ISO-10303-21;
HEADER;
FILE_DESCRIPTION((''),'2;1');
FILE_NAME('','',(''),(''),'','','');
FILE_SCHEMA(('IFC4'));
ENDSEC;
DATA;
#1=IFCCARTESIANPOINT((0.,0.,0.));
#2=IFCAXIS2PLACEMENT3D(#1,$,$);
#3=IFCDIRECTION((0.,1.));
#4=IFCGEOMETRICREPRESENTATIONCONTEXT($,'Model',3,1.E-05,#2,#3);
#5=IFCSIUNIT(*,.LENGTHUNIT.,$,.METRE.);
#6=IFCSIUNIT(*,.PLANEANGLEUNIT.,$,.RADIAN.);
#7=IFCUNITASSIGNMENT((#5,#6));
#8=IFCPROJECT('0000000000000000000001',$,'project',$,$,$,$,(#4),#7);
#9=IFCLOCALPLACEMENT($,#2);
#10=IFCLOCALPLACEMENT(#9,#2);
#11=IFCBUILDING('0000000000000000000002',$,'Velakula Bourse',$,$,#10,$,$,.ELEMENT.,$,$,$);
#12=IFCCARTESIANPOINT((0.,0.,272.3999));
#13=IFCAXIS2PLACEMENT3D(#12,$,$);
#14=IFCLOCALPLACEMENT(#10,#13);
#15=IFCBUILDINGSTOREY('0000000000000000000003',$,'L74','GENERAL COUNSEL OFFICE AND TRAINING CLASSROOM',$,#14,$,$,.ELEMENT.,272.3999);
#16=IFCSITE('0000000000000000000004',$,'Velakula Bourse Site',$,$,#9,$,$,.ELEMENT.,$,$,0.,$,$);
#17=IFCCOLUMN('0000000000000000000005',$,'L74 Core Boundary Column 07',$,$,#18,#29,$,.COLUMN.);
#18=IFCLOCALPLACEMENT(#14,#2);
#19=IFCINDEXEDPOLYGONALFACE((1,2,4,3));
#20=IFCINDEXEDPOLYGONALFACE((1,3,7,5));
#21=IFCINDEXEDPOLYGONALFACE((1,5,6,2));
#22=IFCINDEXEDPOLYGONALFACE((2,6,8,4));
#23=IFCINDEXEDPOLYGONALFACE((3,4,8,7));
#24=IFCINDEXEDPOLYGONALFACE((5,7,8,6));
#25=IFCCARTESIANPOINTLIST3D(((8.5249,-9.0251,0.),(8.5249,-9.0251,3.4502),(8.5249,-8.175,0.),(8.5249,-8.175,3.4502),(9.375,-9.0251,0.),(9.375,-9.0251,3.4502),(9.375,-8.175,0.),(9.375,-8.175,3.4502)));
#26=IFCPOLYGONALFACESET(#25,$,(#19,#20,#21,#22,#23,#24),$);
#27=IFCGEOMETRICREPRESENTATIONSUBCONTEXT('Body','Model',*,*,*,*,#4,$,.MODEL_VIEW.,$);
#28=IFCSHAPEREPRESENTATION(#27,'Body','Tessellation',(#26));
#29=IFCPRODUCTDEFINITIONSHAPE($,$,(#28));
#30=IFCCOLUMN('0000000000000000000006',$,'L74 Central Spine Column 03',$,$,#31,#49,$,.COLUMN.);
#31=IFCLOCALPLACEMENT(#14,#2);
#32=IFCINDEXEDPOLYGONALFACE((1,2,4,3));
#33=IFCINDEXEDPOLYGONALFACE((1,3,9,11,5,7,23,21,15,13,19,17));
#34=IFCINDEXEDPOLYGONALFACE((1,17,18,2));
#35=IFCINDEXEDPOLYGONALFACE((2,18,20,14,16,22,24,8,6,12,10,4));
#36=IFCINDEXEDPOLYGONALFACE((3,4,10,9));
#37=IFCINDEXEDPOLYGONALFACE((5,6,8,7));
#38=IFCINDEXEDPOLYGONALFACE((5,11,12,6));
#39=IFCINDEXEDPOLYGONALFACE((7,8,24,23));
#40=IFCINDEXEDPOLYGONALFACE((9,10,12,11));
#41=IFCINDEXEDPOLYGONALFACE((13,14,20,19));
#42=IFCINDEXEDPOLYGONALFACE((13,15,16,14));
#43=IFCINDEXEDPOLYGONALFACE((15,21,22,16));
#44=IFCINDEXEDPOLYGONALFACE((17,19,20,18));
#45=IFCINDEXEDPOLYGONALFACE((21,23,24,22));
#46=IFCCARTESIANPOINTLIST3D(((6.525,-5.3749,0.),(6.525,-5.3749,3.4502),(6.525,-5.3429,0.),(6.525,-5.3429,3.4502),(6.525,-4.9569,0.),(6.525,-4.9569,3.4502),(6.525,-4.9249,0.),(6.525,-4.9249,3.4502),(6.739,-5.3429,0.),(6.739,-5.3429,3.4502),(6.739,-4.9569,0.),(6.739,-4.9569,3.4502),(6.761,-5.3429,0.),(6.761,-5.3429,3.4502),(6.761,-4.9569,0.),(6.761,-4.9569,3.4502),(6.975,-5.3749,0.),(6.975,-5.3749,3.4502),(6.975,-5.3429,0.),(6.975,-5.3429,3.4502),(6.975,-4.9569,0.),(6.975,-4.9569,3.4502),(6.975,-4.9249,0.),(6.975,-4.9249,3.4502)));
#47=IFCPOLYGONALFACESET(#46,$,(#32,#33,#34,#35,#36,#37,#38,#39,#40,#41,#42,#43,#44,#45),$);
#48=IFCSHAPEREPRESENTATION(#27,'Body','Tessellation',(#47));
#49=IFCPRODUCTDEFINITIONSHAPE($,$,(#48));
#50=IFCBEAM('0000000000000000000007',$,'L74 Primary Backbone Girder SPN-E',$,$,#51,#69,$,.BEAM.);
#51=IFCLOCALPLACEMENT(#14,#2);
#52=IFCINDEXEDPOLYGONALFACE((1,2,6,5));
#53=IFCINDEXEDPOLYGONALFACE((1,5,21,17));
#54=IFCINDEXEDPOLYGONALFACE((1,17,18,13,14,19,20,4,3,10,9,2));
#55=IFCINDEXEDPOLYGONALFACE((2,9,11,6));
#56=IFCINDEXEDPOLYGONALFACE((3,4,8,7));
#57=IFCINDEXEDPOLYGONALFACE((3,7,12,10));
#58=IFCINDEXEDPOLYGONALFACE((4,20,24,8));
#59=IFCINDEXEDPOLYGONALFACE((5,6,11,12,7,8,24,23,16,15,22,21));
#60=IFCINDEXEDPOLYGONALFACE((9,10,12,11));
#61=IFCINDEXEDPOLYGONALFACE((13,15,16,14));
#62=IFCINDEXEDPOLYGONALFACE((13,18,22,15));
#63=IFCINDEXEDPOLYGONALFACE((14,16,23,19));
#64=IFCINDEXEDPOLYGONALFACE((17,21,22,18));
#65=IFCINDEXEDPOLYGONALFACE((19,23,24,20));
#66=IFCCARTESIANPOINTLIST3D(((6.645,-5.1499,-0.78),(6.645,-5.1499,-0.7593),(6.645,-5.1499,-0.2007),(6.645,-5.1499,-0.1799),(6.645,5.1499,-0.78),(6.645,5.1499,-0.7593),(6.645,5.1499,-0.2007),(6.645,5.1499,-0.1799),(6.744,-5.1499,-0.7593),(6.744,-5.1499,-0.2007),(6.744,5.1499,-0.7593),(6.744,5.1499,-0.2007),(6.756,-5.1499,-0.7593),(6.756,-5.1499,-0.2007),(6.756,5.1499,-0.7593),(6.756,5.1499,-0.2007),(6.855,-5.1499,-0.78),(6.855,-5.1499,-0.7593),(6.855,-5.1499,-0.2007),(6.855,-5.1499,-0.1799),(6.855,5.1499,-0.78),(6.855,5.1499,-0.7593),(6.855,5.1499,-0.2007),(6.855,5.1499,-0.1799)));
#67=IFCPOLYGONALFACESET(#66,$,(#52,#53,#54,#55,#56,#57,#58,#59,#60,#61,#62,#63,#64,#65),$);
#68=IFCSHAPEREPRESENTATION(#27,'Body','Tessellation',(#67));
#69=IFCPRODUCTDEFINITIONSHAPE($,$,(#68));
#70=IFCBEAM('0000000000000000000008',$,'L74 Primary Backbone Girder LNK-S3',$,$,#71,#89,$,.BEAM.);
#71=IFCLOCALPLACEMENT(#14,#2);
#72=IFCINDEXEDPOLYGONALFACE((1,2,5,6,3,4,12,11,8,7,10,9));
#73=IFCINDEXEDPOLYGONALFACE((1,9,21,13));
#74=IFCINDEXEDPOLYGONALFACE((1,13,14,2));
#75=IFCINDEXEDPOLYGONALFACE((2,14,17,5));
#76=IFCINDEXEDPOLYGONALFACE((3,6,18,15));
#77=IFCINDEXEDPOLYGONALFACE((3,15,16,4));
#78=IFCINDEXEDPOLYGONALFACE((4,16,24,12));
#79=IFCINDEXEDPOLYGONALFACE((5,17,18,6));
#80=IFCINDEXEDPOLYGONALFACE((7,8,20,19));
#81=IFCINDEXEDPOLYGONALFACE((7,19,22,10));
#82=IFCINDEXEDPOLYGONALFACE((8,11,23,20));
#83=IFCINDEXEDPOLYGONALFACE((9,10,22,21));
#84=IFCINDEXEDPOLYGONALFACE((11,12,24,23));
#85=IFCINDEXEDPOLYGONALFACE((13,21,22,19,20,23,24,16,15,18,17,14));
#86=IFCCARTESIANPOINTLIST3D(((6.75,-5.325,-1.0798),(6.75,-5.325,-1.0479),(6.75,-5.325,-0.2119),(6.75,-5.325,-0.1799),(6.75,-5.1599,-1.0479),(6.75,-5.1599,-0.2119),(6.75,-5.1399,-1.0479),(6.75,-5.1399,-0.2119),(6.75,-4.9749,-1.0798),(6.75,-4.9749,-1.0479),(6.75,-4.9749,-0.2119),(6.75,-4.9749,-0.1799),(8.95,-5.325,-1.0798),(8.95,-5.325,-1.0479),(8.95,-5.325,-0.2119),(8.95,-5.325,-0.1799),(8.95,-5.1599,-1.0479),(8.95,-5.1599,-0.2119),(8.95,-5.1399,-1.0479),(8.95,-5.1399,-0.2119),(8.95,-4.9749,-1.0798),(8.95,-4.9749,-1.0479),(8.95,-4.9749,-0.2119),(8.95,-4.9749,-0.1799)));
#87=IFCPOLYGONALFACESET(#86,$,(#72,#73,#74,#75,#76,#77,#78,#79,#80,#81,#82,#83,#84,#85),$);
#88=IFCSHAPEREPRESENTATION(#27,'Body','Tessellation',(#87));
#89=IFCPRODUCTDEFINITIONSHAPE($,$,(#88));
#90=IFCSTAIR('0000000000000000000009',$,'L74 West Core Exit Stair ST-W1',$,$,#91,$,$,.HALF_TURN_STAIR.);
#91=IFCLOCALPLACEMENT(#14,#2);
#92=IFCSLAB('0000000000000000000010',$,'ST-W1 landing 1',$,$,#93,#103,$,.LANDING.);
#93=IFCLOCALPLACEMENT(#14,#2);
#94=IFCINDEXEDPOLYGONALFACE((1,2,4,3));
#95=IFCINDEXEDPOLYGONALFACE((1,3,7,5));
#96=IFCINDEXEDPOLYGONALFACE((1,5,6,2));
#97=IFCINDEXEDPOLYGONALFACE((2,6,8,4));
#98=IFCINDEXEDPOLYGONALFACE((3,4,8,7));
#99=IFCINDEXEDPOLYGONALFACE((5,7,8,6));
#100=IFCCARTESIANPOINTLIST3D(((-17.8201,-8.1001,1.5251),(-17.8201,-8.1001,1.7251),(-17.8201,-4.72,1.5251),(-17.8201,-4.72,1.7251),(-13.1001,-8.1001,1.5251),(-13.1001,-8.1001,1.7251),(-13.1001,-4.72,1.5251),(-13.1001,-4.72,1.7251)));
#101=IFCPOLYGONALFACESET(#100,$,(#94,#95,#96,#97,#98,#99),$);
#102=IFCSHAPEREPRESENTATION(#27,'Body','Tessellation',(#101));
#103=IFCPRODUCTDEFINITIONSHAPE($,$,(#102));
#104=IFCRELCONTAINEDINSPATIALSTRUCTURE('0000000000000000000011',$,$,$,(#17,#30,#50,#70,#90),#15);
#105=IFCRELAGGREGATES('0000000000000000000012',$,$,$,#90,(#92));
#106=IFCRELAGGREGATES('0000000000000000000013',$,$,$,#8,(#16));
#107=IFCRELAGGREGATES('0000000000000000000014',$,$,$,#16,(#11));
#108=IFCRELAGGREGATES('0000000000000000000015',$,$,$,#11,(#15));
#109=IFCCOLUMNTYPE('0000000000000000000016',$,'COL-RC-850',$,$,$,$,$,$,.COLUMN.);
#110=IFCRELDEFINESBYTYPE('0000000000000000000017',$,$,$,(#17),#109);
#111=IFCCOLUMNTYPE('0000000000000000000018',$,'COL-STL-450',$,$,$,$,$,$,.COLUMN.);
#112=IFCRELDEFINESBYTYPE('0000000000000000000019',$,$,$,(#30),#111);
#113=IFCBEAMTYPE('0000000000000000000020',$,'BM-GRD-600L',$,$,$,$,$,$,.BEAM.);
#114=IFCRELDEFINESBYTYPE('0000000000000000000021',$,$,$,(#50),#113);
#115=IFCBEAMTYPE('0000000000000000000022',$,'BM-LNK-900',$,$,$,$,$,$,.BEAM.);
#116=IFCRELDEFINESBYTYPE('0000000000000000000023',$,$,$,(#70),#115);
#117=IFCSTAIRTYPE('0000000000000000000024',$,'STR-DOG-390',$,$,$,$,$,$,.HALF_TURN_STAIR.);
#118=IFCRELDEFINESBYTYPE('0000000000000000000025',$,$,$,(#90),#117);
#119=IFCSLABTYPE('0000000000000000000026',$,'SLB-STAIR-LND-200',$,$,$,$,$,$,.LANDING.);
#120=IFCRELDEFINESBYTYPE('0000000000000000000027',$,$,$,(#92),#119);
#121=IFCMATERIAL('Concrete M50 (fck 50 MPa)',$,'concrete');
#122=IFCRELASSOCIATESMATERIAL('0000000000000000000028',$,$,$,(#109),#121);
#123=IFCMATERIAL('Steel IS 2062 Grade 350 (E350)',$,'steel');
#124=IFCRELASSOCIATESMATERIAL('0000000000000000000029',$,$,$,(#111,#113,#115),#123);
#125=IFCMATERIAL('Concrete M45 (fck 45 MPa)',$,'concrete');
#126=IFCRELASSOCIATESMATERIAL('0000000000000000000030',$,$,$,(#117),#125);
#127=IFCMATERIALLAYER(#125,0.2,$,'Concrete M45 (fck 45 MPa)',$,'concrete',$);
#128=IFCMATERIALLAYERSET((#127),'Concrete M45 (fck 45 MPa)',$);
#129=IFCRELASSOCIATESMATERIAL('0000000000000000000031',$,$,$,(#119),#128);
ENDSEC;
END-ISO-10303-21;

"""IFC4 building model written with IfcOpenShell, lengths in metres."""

from ifc_helpers import new_model, si_unit, direction, frame, origin, origin_2d, place, context, subcontext, project, spatial, polyline, rectangle, i_section, outline, extrude, material, layer, layer_set, material_profile, profile_set, type_object, element, aggregate, save


model = new_model("IFC4")

# Units and contexts
model_context = context("Model", 3, precision=1e-05, world=origin(), true_north=direction((0.0, 1.0)))
body_context = subcontext(model_context, "Body", "Model", "MODEL_VIEW")
ifc_project = project(units=[si_unit("LENGTHUNIT", "METRE"), si_unit("PLANEANGLEUNIT", "RADIAN")], contexts=[model_context])

# Site, building, storey
site_placement = place(None, origin())
site = spatial("IfcSite", under=ifc_project, at=site_placement, Name="Velakula Bourse Site", CompositionType="ELEMENT", RefElevation=0.0)
building_placement = place(site_placement, origin())
building = spatial("IfcBuilding", under=site, at=building_placement, Name="Velakula Bourse", CompositionType="ELEMENT")
storey_placement = place(building_placement, frame((0.0, 0.0, 272.3999)))
storey = spatial("IfcBuildingStorey", under=building, at=storey_placement, Name="L74", Description="GENERAL COUNSEL OFFICE AND TRAINING CLASSROOM", CompositionType="ELEMENT", Elevation=272.3999)

# Columns
ifc_material_1 = material(Name="Concrete M50 (fck 50 MPa)", Category="concrete")
ifc_material_profile_1 = material_profile(ifc_material_1, rectangle(XDim=0.8501, YDim=0.8501, at=origin_2d()), Name="Concrete M50 (fck 50 MPa)")
ifc_profile_set_1 = profile_set([ifc_material_profile_1], Name="Concrete M50 (fck 50 MPa)")
column_type_1 = type_object("IfcColumnType", Name="COL-RC-850", PredefinedType="COLUMN", material=ifc_profile_set_1)
column_1_placement = place(storey_placement, frame((8.95, -8.6001, 0.0), z_axis=(0.0, 0.0, 1.0), x_axis=(1.0, 0.0, 0.0)))
element("IfcColumn", 1, at=column_1_placement, inside=storey, type_object=column_type_1, Name="L74 Core Boundary Column 07", PredefinedType="COLUMN", context=body_context, shape_type="SweptSolid", body=[
    extrude(rectangle(XDim=0.8501, YDim=0.8501, at=origin_2d()), origin(), (0.0, 0.0, 1.0), 3.4502),
])
ifc_material_2 = material(Name="Steel IS 2062 Grade 350 (E350)", Category="steel")
ifc_material_profile_2 = material_profile(ifc_material_2, i_section(OverallWidth=0.45, OverallDepth=0.45, WebThickness=0.022, FlangeThickness=0.032, at=origin_2d()), Name="Steel IS 2062 Grade 350 (E350)")
ifc_profile_set_2 = profile_set([ifc_material_profile_2], Name="Steel IS 2062 Grade 350 (E350)")
column_type_2 = type_object("IfcColumnType", Name="COL-STL-450", PredefinedType="COLUMN", material=ifc_profile_set_2)
column_2_placement = place(storey_placement, frame((6.75, -5.1499, 0.0), z_axis=(0.0, 0.0, 1.0), x_axis=(1.0, 0.0, 0.0)))
element("IfcColumn", 2, at=column_2_placement, inside=storey, type_object=column_type_2, Name="L74 Central Spine Column 03", PredefinedType="COLUMN", context=body_context, shape_type="SweptSolid", body=[
    extrude(i_section(OverallWidth=0.45, OverallDepth=0.45, WebThickness=0.022, FlangeThickness=0.032, at=origin_2d()), origin(), (0.0, 0.0, 1.0), 3.4502),
])

# Beams
ifc_material_profile_3 = material_profile(ifc_material_2, i_section(OverallWidth=0.21, OverallDepth=0.6001, WebThickness=0.012, FlangeThickness=0.0208, at=origin_2d()), Name="Steel IS 2062 Grade 350 (E350)")
ifc_profile_set_3 = profile_set([ifc_material_profile_3], Name="Steel IS 2062 Grade 350 (E350)")
beam_type_1 = type_object("IfcBeamType", Name="BM-GRD-600L", PredefinedType="BEAM", material=ifc_profile_set_3)
beam_1_placement = place(storey_placement, frame((6.75, -5.1499, -0.48), z_axis=(0.0, 1.0, 0.0), x_axis=(-1.0, 0.0, 0.0)))
element("IfcBeam", 3, at=beam_1_placement, inside=storey, type_object=beam_type_1, Name="L74 Primary Backbone Girder SPN-E", PredefinedType="BEAM", context=body_context, shape_type="SweptSolid", body=[
    extrude(i_section(OverallWidth=0.21, OverallDepth=0.6001, WebThickness=0.012, FlangeThickness=0.0208, at=origin_2d()), origin(), (0.0, 0.0, 1.0), 10.2998),
])
ifc_material_profile_4 = material_profile(ifc_material_2, i_section(OverallWidth=0.3501, OverallDepth=0.8999, WebThickness=0.02, FlangeThickness=0.032, at=origin_2d()), Name="Steel IS 2062 Grade 350 (E350)")
ifc_profile_set_4 = profile_set([ifc_material_profile_4], Name="Steel IS 2062 Grade 350 (E350)")
beam_type_2 = type_object("IfcBeamType", Name="BM-LNK-900", PredefinedType="BEAM", material=ifc_profile_set_4)
beam_2_placement = place(storey_placement, frame((6.75, -5.1499, -0.6299), z_axis=(1.0, 0.0, 0.0), x_axis=(0.0, 1.0, 0.0)))
element("IfcBeam", 4, at=beam_2_placement, inside=storey, type_object=beam_type_2, Name="L74 Primary Backbone Girder LNK-S3", PredefinedType="BEAM", context=body_context, shape_type="SweptSolid", body=[
    extrude(i_section(OverallWidth=0.3501, OverallDepth=0.8999, WebThickness=0.02, FlangeThickness=0.032, at=origin_2d()), origin(), (0.0, 0.0, 1.0), 2.2),
])

# Stair, slab
ifc_material_3 = material(Name="Concrete M45 (fck 45 MPa)", Category="concrete")
stair_type = type_object("IfcStairType", Name="STR-DOG-390", PredefinedType="HALF_TURN_STAIR", material=ifc_material_3)
stair_1_placement = place(storey_placement, origin())
stair_1 = element("IfcStair", 5, at=stair_1_placement, inside=storey, type_object=stair_type, Name="L74 West Core Exit Stair ST-W1", PredefinedType="HALF_TURN_STAIR")
ifc_layer_1 = layer(ifc_material_3, 0.2, Name="Concrete M45 (fck 45 MPa)", Category="concrete")
ifc_layer_set_1 = layer_set([ifc_layer_1], Name="Concrete M45 (fck 45 MPa)")
slab_type_1 = type_object("IfcSlabType", Name="SLB-STAIR-LND-200", PredefinedType="LANDING", material=ifc_layer_set_1)
slab_1_placement = place(storey_placement, frame((0.0, 0.0, 1.5251)))
slab_1 = element("IfcSlab", 6, at=slab_1_placement, type_object=slab_type_1, Name="ST-W1 landing 1", PredefinedType="LANDING", context=body_context, shape_type="SweptSolid", body=[
    extrude(outline(polyline([(-17.8201, -4.72), (-17.8201, -8.1001), (-13.1001, -8.1001), (-13.1001, -4.72), (-17.8201, -4.72)])), origin(), (0.0, 0.0, 1.0), 0.2),
])
aggregate(stair_1, [slab_1])

save(model, "model.ifc")
